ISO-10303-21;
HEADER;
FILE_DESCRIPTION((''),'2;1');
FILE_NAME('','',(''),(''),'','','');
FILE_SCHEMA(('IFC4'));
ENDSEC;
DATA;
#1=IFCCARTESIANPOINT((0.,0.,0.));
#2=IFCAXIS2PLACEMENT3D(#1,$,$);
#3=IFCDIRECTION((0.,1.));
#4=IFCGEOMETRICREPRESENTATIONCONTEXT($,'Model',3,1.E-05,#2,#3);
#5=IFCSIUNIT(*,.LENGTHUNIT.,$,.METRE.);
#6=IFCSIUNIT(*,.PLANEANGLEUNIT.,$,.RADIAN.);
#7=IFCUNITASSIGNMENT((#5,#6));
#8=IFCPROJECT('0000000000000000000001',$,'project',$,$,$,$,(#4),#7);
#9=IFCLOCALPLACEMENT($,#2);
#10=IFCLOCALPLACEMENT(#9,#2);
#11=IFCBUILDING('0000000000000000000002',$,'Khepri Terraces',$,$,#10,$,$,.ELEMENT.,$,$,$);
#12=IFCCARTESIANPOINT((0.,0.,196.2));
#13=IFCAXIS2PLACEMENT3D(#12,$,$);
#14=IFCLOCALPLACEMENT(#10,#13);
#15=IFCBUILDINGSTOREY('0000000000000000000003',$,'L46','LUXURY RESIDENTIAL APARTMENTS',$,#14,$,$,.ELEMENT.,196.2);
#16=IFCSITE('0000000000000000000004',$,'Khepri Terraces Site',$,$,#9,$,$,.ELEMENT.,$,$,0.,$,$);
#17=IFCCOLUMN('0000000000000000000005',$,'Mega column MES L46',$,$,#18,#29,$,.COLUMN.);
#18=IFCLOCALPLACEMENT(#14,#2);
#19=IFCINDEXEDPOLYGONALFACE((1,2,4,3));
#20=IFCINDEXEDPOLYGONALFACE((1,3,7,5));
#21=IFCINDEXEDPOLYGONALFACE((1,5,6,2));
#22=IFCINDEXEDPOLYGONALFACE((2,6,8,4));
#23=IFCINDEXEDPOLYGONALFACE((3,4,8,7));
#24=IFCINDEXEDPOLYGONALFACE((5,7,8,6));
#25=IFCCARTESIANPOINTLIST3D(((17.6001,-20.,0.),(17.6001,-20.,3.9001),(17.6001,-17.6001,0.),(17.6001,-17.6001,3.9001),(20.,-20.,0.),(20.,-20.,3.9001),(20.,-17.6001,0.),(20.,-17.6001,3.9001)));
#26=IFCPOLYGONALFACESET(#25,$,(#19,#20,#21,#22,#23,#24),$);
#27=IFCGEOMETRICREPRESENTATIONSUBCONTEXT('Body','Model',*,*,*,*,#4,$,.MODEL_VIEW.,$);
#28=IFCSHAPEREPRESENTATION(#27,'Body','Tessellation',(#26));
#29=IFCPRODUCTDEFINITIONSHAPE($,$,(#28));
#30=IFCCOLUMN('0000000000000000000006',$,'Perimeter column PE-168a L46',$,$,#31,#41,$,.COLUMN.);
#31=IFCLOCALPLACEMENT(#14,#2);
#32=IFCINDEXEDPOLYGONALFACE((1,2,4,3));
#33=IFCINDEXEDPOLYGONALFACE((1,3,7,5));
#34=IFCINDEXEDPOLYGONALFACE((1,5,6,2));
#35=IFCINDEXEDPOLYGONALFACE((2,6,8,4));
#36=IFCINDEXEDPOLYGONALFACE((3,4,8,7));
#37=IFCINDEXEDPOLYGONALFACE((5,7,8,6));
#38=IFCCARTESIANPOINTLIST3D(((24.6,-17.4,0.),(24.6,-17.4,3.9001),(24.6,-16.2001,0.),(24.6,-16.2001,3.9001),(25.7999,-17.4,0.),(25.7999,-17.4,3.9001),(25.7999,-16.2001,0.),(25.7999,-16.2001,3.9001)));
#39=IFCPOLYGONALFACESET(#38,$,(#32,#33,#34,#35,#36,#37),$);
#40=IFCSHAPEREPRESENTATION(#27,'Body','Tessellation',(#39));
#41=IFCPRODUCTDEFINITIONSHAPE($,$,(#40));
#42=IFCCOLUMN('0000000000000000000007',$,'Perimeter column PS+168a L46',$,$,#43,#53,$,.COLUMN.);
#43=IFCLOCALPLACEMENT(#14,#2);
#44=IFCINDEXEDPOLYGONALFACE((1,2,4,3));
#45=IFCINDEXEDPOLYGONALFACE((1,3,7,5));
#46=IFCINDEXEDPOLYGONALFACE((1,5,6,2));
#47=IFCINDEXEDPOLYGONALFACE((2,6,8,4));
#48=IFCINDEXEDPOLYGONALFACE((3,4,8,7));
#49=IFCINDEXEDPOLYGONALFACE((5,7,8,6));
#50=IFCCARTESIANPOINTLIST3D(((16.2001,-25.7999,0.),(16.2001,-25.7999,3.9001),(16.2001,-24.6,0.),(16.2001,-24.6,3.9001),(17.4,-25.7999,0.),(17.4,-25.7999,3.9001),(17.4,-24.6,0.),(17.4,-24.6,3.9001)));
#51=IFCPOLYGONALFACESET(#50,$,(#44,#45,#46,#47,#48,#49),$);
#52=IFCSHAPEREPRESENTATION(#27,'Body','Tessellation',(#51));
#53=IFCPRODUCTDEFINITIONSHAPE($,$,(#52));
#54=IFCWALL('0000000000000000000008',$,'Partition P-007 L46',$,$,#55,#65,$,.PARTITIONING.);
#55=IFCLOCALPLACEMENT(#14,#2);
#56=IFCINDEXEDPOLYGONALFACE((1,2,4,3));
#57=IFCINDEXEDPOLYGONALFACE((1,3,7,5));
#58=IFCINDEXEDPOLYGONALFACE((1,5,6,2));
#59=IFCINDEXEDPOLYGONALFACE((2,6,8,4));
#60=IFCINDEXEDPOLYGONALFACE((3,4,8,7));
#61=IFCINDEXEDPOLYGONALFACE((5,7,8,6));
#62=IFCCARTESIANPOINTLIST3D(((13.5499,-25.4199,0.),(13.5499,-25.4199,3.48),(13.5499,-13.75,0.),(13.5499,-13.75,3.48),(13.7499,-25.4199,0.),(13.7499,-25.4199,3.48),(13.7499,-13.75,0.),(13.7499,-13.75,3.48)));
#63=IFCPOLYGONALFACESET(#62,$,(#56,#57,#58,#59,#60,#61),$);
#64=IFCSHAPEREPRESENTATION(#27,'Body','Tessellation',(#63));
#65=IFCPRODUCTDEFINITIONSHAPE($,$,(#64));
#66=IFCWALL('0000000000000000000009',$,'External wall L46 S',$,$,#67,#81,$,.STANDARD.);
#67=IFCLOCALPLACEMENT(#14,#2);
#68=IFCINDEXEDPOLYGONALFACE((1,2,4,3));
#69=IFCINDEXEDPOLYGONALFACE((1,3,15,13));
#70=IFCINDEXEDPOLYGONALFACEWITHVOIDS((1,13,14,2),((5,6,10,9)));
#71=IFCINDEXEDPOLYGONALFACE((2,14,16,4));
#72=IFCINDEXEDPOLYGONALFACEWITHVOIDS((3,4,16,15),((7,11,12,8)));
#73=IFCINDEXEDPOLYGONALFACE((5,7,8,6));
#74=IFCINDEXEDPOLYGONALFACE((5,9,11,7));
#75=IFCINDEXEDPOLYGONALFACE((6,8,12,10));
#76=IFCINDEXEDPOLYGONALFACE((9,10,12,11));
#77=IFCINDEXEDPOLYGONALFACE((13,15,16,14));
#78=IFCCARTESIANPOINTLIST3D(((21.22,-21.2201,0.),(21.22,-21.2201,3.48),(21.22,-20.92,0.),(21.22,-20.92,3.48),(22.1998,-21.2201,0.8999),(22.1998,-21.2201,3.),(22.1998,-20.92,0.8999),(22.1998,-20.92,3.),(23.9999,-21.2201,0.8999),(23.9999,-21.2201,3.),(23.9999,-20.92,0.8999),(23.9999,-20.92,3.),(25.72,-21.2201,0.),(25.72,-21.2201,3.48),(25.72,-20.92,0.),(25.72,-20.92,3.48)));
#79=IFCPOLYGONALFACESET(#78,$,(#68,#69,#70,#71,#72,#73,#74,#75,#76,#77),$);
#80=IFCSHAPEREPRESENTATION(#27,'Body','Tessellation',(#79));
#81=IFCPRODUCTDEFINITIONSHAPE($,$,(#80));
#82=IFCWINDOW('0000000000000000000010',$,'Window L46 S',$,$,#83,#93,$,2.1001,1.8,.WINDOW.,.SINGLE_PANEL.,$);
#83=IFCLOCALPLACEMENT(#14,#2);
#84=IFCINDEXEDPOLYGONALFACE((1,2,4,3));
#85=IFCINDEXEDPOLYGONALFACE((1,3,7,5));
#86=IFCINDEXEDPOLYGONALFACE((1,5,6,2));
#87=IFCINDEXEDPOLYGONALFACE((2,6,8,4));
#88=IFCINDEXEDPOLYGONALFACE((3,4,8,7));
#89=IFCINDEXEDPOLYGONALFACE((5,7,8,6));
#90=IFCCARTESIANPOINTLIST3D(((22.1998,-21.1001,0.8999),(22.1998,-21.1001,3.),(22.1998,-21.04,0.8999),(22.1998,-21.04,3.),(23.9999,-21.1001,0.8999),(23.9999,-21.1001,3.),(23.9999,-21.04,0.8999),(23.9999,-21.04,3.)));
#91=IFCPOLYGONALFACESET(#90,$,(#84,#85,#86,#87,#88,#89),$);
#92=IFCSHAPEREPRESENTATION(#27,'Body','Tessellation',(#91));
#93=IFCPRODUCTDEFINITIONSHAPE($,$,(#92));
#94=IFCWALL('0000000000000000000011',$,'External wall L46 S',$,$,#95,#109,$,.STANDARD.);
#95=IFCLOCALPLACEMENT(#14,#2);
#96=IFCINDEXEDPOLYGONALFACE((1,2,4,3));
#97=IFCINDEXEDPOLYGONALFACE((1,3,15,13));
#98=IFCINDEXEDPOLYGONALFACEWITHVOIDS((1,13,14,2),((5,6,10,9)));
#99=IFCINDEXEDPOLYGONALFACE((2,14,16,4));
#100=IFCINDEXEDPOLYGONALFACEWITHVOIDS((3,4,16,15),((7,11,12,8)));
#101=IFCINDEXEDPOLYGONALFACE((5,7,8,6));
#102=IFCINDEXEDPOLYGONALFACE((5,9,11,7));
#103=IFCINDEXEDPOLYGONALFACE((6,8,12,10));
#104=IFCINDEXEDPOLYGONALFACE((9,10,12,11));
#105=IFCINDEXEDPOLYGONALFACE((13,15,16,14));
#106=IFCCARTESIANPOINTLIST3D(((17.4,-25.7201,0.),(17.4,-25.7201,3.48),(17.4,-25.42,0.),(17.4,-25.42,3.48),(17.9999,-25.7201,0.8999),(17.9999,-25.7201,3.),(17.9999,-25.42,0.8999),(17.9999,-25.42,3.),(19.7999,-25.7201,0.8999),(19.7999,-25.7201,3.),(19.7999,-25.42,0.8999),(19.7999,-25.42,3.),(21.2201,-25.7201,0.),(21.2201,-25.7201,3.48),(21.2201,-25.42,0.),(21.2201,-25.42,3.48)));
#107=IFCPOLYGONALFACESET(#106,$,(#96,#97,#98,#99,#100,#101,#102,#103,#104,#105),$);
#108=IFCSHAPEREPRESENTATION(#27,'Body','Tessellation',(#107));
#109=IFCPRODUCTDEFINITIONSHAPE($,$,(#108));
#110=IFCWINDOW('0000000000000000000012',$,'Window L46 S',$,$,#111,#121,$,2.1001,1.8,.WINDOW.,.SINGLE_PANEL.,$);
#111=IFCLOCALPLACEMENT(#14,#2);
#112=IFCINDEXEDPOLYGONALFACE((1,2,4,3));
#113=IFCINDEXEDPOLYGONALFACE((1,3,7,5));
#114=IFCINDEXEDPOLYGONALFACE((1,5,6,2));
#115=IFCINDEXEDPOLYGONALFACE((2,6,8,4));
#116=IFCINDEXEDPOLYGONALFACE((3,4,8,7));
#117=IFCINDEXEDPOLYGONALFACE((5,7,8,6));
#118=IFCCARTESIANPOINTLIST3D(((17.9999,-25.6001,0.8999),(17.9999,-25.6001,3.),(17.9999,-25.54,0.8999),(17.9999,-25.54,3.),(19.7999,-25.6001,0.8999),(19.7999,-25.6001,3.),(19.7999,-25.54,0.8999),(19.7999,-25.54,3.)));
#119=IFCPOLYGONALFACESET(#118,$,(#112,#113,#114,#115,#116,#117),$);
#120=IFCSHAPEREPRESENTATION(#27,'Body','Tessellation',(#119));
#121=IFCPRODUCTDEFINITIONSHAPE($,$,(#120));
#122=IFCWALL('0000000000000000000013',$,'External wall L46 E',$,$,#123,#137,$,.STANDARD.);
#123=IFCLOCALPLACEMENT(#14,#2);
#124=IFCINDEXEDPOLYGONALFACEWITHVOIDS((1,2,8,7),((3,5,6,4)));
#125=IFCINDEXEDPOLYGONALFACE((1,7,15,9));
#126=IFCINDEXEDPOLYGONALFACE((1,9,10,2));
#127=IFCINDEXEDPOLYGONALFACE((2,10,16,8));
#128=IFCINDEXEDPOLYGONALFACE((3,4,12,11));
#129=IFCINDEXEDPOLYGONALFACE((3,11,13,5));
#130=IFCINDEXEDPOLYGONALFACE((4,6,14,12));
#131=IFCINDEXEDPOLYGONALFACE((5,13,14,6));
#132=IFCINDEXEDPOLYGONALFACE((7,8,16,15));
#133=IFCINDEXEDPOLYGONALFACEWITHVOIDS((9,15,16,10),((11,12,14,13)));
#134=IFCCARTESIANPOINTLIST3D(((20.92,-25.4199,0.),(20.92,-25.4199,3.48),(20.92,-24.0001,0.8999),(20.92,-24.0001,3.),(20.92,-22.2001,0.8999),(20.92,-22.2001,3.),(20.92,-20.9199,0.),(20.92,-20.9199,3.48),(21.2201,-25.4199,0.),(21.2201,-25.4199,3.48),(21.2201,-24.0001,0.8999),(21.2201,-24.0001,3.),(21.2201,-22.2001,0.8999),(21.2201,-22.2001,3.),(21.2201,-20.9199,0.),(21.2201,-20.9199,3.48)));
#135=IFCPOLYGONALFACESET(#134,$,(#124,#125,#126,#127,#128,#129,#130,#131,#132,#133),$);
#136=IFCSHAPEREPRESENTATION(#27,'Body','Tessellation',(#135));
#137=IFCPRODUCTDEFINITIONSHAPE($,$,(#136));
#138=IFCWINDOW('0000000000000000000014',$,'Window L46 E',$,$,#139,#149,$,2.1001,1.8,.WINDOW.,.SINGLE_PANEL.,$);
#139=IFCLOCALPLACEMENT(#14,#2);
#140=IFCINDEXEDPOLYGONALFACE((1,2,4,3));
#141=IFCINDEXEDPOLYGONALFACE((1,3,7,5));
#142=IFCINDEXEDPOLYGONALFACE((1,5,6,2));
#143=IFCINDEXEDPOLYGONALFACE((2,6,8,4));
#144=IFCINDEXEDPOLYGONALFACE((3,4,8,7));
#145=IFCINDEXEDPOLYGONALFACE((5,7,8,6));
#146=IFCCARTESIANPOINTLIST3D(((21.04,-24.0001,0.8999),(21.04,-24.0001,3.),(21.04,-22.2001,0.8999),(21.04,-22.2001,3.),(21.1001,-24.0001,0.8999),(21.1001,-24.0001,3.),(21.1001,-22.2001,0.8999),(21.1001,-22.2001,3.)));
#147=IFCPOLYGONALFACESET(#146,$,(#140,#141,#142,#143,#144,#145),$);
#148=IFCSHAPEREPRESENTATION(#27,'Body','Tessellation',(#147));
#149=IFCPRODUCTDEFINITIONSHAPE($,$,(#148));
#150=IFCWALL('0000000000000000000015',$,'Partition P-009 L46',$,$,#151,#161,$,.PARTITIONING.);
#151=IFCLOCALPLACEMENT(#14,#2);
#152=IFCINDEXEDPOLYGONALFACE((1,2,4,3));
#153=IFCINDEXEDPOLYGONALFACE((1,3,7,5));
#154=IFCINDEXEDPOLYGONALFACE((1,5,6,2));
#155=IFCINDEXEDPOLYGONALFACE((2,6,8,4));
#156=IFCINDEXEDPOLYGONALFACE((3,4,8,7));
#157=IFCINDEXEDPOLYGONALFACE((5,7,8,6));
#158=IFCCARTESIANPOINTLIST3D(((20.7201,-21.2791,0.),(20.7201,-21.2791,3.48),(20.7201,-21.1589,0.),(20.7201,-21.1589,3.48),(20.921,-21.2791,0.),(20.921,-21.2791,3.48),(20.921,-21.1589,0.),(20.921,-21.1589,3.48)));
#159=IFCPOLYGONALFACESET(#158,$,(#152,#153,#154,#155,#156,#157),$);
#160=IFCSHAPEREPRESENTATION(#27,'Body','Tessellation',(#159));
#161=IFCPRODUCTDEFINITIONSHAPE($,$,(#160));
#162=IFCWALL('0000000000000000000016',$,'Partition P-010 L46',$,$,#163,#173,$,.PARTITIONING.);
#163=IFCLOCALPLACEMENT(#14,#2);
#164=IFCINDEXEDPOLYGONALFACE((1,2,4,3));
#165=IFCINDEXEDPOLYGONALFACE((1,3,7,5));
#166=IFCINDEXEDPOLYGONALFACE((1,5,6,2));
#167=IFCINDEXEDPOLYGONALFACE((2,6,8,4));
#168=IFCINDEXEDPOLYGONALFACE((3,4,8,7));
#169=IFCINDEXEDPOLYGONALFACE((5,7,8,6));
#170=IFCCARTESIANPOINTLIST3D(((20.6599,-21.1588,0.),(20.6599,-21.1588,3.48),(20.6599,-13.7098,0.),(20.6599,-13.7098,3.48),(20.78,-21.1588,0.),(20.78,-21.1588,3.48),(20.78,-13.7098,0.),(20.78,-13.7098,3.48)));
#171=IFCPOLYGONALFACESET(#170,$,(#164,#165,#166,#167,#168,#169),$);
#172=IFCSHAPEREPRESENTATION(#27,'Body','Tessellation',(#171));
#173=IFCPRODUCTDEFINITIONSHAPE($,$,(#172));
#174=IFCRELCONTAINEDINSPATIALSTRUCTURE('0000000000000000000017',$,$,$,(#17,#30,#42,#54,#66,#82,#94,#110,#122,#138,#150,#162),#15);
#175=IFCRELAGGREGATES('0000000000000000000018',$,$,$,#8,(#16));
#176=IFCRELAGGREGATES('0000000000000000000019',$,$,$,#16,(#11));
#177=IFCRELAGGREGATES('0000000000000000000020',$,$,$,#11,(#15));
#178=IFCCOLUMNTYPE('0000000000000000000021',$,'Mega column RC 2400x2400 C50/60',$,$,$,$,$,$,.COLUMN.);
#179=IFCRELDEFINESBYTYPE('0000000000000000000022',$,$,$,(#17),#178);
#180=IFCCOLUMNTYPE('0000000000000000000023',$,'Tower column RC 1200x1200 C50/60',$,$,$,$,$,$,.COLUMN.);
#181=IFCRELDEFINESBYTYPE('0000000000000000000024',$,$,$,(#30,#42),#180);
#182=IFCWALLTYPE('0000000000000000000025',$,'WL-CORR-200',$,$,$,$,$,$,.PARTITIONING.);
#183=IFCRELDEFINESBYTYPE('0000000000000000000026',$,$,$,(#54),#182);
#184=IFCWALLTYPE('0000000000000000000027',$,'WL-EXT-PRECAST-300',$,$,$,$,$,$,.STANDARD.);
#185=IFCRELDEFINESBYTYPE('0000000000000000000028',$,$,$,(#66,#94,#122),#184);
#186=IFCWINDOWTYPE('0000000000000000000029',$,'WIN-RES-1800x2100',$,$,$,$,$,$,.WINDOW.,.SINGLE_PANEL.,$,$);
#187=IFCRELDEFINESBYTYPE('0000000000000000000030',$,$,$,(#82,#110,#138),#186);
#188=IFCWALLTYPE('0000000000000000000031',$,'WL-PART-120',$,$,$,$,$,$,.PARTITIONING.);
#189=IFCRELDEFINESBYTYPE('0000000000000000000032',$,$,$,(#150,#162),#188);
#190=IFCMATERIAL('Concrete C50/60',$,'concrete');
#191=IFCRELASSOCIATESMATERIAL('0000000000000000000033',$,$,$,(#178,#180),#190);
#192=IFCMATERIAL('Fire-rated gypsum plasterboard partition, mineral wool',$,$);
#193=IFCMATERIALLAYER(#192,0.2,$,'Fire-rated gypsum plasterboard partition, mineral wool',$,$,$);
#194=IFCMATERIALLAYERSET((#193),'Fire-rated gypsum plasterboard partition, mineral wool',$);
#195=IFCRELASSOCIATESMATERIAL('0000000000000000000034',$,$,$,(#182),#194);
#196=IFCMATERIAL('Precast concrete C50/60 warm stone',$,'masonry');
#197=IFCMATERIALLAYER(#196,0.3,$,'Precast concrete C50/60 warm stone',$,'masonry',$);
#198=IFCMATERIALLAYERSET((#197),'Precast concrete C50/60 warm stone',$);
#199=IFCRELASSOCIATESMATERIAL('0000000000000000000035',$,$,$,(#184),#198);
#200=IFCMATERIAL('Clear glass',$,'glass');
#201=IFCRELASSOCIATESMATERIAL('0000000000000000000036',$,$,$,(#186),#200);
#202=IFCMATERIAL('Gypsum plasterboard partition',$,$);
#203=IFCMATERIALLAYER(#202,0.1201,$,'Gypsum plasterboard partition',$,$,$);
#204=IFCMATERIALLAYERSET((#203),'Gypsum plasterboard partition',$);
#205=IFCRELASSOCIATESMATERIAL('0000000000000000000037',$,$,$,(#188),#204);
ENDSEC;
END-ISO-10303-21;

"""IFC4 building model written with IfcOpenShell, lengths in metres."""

from ifc_helpers import new_model, si_unit, direction, frame, frame_2d, origin, origin_2d, place, context, subcontext, project, spatial, rectangle, extrude, material, layer, layer_set, material_profile, profile_set, type_object, element, fill, save


model = new_model("IFC4")

# Units and contexts
model_context = context("Model", 3, precision=1e-05, world=origin(), true_north=direction((0.0, 1.0)))
body_context = subcontext(model_context, "Body", "Model", "MODEL_VIEW")
ifc_project = project(units=[si_unit("LENGTHUNIT", "METRE"), si_unit("PLANEANGLEUNIT", "RADIAN")], contexts=[model_context])

# Site, building, storey
site_placement = place(None, origin())
site = spatial("IfcSite", under=ifc_project, at=site_placement, Name="Khepri Terraces Site", CompositionType="ELEMENT", RefElevation=0.0)
building_placement = place(site_placement, origin())
building = spatial("IfcBuilding", under=site, at=building_placement, Name="Khepri Terraces", CompositionType="ELEMENT")
storey_placement = place(building_placement, frame((0.0, 0.0, 196.2)))
storey = spatial("IfcBuildingStorey", under=building, at=storey_placement, Name="L46", Description="LUXURY RESIDENTIAL APARTMENTS", CompositionType="ELEMENT", Elevation=196.2)

# Columns
ifc_material_1 = material(Name="Concrete C50/60", Category="concrete")
ifc_material_profile_1 = material_profile(ifc_material_1, rectangle(XDim=2.3999, YDim=2.3999, at=origin_2d()), Name="Concrete C50/60", Category="concrete")
ifc_profile_set_1 = profile_set([ifc_material_profile_1], Name="Concrete C50/60")
column_type_1 = type_object("IfcColumnType", Name="Mega column RC 2400x2400 C50/60", PredefinedType="COLUMN", material=ifc_profile_set_1)
column_placement = place(storey_placement, frame((18.8, -18.8, 0.0), z_axis=(0.0, 0.0, 1.0), x_axis=(1.0, 0.0, 0.0)))
element("IfcColumn", 1, at=column_placement, inside=storey, type_object=column_type_1, Name="Mega column MES L46", PredefinedType="COLUMN", context=body_context, shape_type="SweptSolid", body=[
    extrude(rectangle(XDim=2.3999, YDim=2.3999, at=origin_2d()), origin(), (0.0, 0.0, 1.0), 3.9001),
])
ifc_material_profile_2 = material_profile(ifc_material_1, rectangle(XDim=1.2, YDim=1.2, at=origin_2d()), Name="Concrete C50/60", Category="concrete")
ifc_profile_set_2 = profile_set([ifc_material_profile_2], Name="Concrete C50/60")
column_type_2 = type_object("IfcColumnType", Name="Tower column RC 1200x1200 C50/60", PredefinedType="COLUMN", material=ifc_profile_set_2)
for number, where, z_axis, x_axis, name in (
    (2, (25.2, -16.8, 0.0), (0.0, 0.0, 1.0), (1.0, 0.0, 0.0), "Perimeter column PE-168a L46"),
    (3, (16.8, -25.2, 0.0), (0.0, 0.0, 1.0), (1.0, 0.0, 0.0), "Perimeter column PS+168a L46"),
):
    element("IfcColumn", number, at=place(storey_placement, frame(where, z_axis=z_axis, x_axis=x_axis)), inside=storey, type_object=column_type_2, Name=name, PredefinedType="COLUMN", context=body_context, shape_type="SweptSolid", body=[
        extrude(rectangle(XDim=1.2, YDim=1.2, at=origin_2d()), origin(), (0.0, 0.0, 1.0), 3.9001),
    ])

# Wall
ifc_material_2 = material(Name="Fire-rated gypsum plasterboard partition, mineral wool")
ifc_layer_1 = layer(ifc_material_2, 0.2, Name="Fire-rated gypsum plasterboard partition, mineral wool")
ifc_layer_set_1 = layer_set([ifc_layer_1], Name="Fire-rated gypsum plasterboard partition, mineral wool")
wall_type_1 = type_object("IfcWallType", Name="WL-CORR-200", PredefinedType="PARTITIONING", material=ifc_layer_set_1)
wall_1_placement = place(storey_placement, frame((13.6499, -25.4199, 0.0), z_axis=(0.0, 0.0, 1.0), x_axis=(0.0, 1.0, 0.0)))
element("IfcWall", 4, at=wall_1_placement, inside=storey, type_object=wall_type_1, Name="Partition P-007 L46", PredefinedType="PARTITIONING", context=body_context, shape_type="SweptSolid", body=[
    extrude(rectangle(XDim=11.6699, YDim=0.2, at=frame_2d((5.835, 0.0))), origin(), (0.0, 0.0, 1.0), 3.48),
])

# Wall, opening, window
ifc_material_3 = material(Name="Precast concrete C50/60 warm stone", Category="masonry")
ifc_layer_2 = layer(ifc_material_3, 0.3, Name="Precast concrete C50/60 warm stone", Category="masonry")
ifc_layer_set_2 = layer_set([ifc_layer_2], Name="Precast concrete C50/60 warm stone")
wall_type_2 = type_object("IfcWallType", Name="WL-EXT-PRECAST-300", PredefinedType="STANDARD", material=ifc_layer_set_2)
wall_2_placement = place(storey_placement, frame((21.22, -21.0701, 0.0), z_axis=(0.0, 0.0, 1.0), x_axis=(1.0, 0.0, 0.0)))
wall_2 = element("IfcWall", 5, at=wall_2_placement, inside=storey, type_object=wall_type_2, Name="External wall L46 S", PredefinedType="STANDARD", context=body_context, shape_type="SweptSolid", body=[
    extrude(rectangle(XDim=4.5, YDim=0.3, at=frame_2d((2.25, 0.0))), origin(), (0.0, 0.0, 1.0), 3.48),
])
opening_1_placement = place(wall_2_placement, frame((0.98, 0.0, 0.8999)))
opening_1 = element("IfcOpeningElement", 6, at=opening_1_placement, cuts=wall_2, PredefinedType="OPENING", context=body_context, shape_type="SweptSolid", body=[
    extrude(rectangle(XDim=1.8, YDim=2.1001, at=frame_2d((0.8999, 1.05))), frame((0.0, 0.1602, 0.0), z_axis=(0.0, -1.0, 0.0), x_axis=(1.0, 0.0, 0.0)), (0.0, 0.0, 1.0), 0.3201),
])
ifc_material_4 = material(Name="Clear glass", Category="glass")
window_type = type_object("IfcWindowType", Name="WIN-RES-1800x2100", PartitioningType="SINGLE_PANEL", PredefinedType="WINDOW", material=ifc_material_4)
window_1_placement = place(opening_1_placement, origin())
window_1 = element("IfcWindow", 7, at=window_1_placement, inside=storey, type_object=window_type, Name="Window L46 S", OverallHeight=2.1001, OverallWidth=1.8, PartitioningType="SINGLE_PANEL", PredefinedType="WINDOW", context=body_context, shape_type="SweptSolid", body=[
    extrude(rectangle(XDim=1.8, YDim=2.1001, at=frame_2d((0.8999, 1.05))), frame((0.0, 0.03, 0.0), z_axis=(0.0, -1.0, 0.0), x_axis=(1.0, 0.0, 0.0)), (0.0, 0.0, 1.0), 0.0601),
])
fill(opening_1, window_1)

# Walls, openings, windows
wall_3_placement = place(storey_placement, frame((17.3999, -25.5701, 0.0), z_axis=(0.0, 0.0, 1.0), x_axis=(1.0, 0.0, 0.0)))
wall_3 = element("IfcWall", 8, at=wall_3_placement, inside=storey, type_object=wall_type_2, Name="External wall L46 S", PredefinedType="STANDARD", context=body_context, shape_type="SweptSolid", body=[
    extrude(rectangle(XDim=3.8201, YDim=0.3, at=frame_2d((1.9102, 0.0))), origin(), (0.0, 0.0, 1.0), 3.48),
])
opening_2_placement = place(wall_3_placement, frame((0.6001, 0.0, 0.8999)))
opening_2 = element("IfcOpeningElement", 9, at=opening_2_placement, cuts=wall_3, PredefinedType="OPENING", context=body_context, shape_type="SweptSolid", body=[
    extrude(rectangle(XDim=1.8, YDim=2.1001, at=frame_2d((0.8999, 1.05))), frame((0.0, 0.1602, 0.0), z_axis=(0.0, -1.0, 0.0), x_axis=(1.0, 0.0, 0.0)), (0.0, 0.0, 1.0), 0.3201),
])
window_2_placement = place(opening_2_placement, origin())
window_2 = element("IfcWindow", 10, at=window_2_placement, inside=storey, type_object=window_type, Name="Window L46 S", OverallHeight=2.1001, OverallWidth=1.8, PartitioningType="SINGLE_PANEL", PredefinedType="WINDOW", context=body_context, shape_type="SweptSolid", body=[
    extrude(rectangle(XDim=1.8, YDim=2.1001, at=frame_2d((0.8999, 1.05))), frame((0.0, 0.03, 0.0), z_axis=(0.0, -1.0, 0.0), x_axis=(1.0, 0.0, 0.0)), (0.0, 0.0, 1.0), 0.0601),
])
fill(opening_2, window_2)
wall_4_placement = place(storey_placement, frame((21.0701, -25.4199, 0.0), z_axis=(0.0, 0.0, 1.0), x_axis=(0.0, 1.0, 0.0)))
wall_4 = element("IfcWall", 11, at=wall_4_placement, inside=storey, type_object=wall_type_2, Name="External wall L46 E", PredefinedType="STANDARD", context=body_context, shape_type="SweptSolid", body=[
    extrude(rectangle(XDim=4.5, YDim=0.3, at=frame_2d((2.25, 0.0))), origin(), (0.0, 0.0, 1.0), 3.48),
])
opening_3_placement = place(wall_4_placement, frame((1.4199, 0.0, 0.8999)))
opening_3 = element("IfcOpeningElement", 12, at=opening_3_placement, cuts=wall_4, PredefinedType="OPENING", context=body_context, shape_type="SweptSolid", body=[
    extrude(rectangle(XDim=1.8, YDim=2.1001, at=frame_2d((0.8999, 1.05))), frame((0.0, 0.1602, 0.0), z_axis=(0.0, -1.0, 0.0), x_axis=(1.0, 0.0, 0.0)), (0.0, 0.0, 1.0), 0.3201),
])
window_3_placement = place(opening_3_placement, origin())
window_3 = element("IfcWindow", 13, at=window_3_placement, inside=storey, type_object=window_type, Name="Window L46 E", OverallHeight=2.1001, OverallWidth=1.8, PartitioningType="SINGLE_PANEL", PredefinedType="WINDOW", context=body_context, shape_type="SweptSolid", body=[
    extrude(rectangle(XDim=1.8, YDim=2.1001, at=frame_2d((0.8999, 1.05))), frame((0.0, 0.03, 0.0), z_axis=(0.0, -1.0, 0.0), x_axis=(1.0, 0.0, 0.0)), (0.0, 0.0, 1.0), 0.0601),
])
fill(opening_3, window_3)

# Walls
ifc_material_5 = material(Name="Gypsum plasterboard partition")
ifc_layer_3 = layer(ifc_material_5, 0.1201, Name="Gypsum plasterboard partition")
ifc_layer_set_3 = layer_set([ifc_layer_3], Name="Gypsum plasterboard partition")
wall_type_3 = type_object("IfcWallType", Name="WL-PART-120", PredefinedType="PARTITIONING", material=ifc_layer_set_3)
wall_5_placement = place(storey_placement, frame((20.72, -21.219, 0.0), z_axis=(0.0, 0.0, 1.0), x_axis=(1.0, 0.0, 0.0)))
element("IfcWall", 14, at=wall_5_placement, inside=storey, type_object=wall_type_3, Name="Partition P-009 L46", PredefinedType="PARTITIONING", context=body_context, shape_type="SweptSolid", body=[
    extrude(rectangle(XDim=0.2009, YDim=0.1201, at=frame_2d((0.1006, 0.0))), origin(), (0.0, 0.0, 1.0), 3.48),
])
wall_6_placement = place(storey_placement, frame((20.72, -21.1589, 0.0), z_axis=(0.0, 0.0, 1.0), x_axis=(0.0, 1.0, 0.0)))
element("IfcWall", 15, at=wall_6_placement, inside=storey, type_object=wall_type_3, Name="Partition P-010 L46", PredefinedType="PARTITIONING", context=body_context, shape_type="SweptSolid", body=[
    extrude(rectangle(XDim=7.449, YDim=0.1201, at=frame_2d((3.7246, 0.0))), origin(), (0.0, 0.0, 1.0), 3.48),
])

save(model, "model.ifc")
